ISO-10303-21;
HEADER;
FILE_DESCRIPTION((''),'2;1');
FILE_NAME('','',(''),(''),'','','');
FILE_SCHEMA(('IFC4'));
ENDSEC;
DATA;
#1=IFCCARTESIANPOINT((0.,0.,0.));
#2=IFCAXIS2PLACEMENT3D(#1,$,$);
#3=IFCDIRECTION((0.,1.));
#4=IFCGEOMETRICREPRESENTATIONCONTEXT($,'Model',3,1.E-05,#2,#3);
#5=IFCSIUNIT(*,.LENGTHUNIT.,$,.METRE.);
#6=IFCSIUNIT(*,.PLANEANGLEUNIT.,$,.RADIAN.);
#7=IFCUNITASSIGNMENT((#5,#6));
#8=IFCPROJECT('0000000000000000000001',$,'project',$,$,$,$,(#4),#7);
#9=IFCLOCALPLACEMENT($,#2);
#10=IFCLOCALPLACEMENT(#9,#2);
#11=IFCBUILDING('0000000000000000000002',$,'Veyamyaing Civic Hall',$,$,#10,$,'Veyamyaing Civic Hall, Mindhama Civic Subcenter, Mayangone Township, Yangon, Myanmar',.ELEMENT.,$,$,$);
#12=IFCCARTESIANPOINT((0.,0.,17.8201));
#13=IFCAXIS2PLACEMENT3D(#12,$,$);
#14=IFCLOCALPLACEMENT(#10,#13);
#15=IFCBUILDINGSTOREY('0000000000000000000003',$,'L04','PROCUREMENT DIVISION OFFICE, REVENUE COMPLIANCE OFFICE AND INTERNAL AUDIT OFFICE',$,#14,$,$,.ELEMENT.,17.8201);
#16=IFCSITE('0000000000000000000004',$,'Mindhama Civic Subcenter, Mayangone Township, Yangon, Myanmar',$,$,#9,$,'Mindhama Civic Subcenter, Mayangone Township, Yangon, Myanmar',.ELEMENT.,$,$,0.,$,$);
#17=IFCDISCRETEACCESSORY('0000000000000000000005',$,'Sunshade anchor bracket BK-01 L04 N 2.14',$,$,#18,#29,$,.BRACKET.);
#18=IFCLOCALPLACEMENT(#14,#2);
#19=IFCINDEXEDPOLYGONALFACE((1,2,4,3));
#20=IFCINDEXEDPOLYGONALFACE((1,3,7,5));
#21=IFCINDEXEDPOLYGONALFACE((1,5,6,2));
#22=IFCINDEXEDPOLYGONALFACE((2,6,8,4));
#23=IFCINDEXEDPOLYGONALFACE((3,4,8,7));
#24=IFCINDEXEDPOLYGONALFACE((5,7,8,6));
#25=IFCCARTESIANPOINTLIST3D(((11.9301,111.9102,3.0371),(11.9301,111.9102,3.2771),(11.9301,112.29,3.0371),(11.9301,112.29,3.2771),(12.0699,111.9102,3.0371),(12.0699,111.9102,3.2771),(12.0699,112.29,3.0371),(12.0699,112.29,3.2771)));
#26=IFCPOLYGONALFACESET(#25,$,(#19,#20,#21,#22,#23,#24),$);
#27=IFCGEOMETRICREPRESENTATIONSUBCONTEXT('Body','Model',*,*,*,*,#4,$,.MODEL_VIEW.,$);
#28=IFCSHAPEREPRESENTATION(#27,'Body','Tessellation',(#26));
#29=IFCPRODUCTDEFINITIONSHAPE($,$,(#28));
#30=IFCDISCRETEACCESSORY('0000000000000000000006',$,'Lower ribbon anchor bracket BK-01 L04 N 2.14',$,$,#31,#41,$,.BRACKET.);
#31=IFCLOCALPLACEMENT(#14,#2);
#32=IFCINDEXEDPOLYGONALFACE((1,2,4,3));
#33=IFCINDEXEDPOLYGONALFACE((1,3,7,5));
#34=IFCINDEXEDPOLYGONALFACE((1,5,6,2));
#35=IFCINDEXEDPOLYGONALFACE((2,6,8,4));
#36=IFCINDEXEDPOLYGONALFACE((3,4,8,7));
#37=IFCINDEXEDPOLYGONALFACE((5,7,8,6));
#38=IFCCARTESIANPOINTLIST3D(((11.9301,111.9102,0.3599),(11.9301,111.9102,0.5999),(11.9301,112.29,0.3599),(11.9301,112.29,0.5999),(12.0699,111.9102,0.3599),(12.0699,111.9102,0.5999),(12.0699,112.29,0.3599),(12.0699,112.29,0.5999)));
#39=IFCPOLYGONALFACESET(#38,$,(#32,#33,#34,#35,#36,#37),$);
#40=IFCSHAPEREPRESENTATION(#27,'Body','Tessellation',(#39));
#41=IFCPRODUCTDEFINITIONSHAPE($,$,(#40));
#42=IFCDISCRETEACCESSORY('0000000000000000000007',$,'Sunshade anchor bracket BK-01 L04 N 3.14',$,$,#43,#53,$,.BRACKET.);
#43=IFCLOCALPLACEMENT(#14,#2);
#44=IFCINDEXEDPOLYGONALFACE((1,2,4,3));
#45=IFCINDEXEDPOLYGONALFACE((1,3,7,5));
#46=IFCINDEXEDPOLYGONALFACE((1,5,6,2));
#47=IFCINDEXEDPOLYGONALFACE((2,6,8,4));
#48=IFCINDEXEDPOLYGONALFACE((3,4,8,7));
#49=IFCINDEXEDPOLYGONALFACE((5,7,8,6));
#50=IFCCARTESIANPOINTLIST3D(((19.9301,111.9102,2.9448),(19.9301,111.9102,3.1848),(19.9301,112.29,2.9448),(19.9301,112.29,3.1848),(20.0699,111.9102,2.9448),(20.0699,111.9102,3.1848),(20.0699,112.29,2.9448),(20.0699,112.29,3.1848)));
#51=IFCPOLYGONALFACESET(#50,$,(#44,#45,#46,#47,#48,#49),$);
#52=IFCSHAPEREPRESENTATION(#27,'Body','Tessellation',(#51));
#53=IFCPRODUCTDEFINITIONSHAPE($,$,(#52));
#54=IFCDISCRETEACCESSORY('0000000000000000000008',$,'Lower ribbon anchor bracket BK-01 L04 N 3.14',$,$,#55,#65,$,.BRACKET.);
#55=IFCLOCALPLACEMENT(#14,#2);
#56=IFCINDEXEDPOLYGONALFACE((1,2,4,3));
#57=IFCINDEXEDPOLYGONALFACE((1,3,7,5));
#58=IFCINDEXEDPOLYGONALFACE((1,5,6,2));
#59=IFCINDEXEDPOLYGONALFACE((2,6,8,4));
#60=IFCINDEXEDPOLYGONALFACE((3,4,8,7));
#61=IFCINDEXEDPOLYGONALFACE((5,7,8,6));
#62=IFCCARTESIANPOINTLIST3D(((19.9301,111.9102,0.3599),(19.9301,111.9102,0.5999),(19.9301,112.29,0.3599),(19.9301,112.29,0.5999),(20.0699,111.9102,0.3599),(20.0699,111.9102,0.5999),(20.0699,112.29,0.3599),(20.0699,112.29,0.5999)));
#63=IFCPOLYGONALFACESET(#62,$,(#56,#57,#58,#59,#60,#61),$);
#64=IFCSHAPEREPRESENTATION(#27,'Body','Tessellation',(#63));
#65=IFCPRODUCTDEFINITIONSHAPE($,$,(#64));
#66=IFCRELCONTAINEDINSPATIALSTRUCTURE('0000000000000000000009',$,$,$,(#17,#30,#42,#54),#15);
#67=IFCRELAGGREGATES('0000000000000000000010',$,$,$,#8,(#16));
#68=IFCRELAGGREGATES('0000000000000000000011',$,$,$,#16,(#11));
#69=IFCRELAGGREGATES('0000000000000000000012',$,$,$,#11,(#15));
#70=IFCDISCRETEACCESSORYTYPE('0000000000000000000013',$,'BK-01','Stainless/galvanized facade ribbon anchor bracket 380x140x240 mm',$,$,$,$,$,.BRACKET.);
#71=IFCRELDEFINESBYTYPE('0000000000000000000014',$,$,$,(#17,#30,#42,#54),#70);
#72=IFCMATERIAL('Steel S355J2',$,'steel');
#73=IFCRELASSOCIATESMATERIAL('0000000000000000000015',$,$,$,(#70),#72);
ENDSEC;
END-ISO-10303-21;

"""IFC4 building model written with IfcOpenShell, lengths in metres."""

from ifc_helpers import new_model, si_unit, direction, frame, origin, origin_2d, place, context, subcontext, project, spatial, rectangle, extrude, material, type_object, element, save


model = new_model("IFC4")

# Units and contexts
model_context = context("Model", 3, precision=1e-05, world=origin(), true_north=direction((0.0, 1.0)))
body_context = subcontext(model_context, "Body", "Model", "MODEL_VIEW")
ifc_project = project(units=[si_unit("LENGTHUNIT", "METRE"), si_unit("PLANEANGLEUNIT", "RADIAN")], contexts=[model_context])

# Site, building, storey
site_placement = place(None, origin())
site = spatial("IfcSite", under=ifc_project, at=site_placement, Name="Mindhama Civic Subcenter, Mayangone Township, Yangon, Myanmar", LongName="Mindhama Civic Subcenter, Mayangone Township, Yangon, Myanmar", CompositionType="ELEMENT", RefElevation=0.0)
building_placement = place(site_placement, origin())
building = spatial("IfcBuilding", under=site, at=building_placement, Name="Veyamyaing Civic Hall", LongName="Veyamyaing Civic Hall, Mindhama Civic Subcenter, Mayangone Township, Yangon, Myanmar", CompositionType="ELEMENT")
storey_placement = place(building_placement, frame((0.0, 0.0, 17.8201)))
storey = spatial("IfcBuildingStorey", under=building, at=storey_placement, Name="L04", Description="PROCUREMENT DIVISION OFFICE, REVENUE COMPLIANCE OFFICE AND INTERNAL AUDIT OFFICE", CompositionType="ELEMENT", Elevation=17.8201)

# Discrete accessories
ifc_material_1 = material(Name="Steel S355J2", Category="steel")
discrete_accessory_type = type_object("IfcDiscreteAccessoryType", Name="BK-01", Description="Stainless/galvanized facade ribbon anchor bracket 380x140x240 mm", PredefinedType="BRACKET", material=ifc_material_1)
for number, where, z_axis, x_axis, name in (
    (1, (12.0, 112.1001, 3.0371), (0.0, 0.0, 1.0), (0.0, 1.0, 0.0), "Sunshade anchor bracket BK-01 L04 N 2.14"),
    (2, (12.0, 112.1001, 0.3599), (0.0, 0.0, 1.0), (0.0, 1.0, 0.0), "Lower ribbon anchor bracket BK-01 L04 N 2.14"),
    (3, (20.0, 112.1001, 2.9448), (0.0, 0.0, 1.0), (0.0, 1.0, 0.0), "Sunshade anchor bracket BK-01 L04 N 3.14"),
    (4, (20.0, 112.1001, 0.3599), (0.0, 0.0, 1.0), (0.0, 1.0, 0.0), "Lower ribbon anchor bracket BK-01 L04 N 3.14"),
):
    element("IfcDiscreteAccessory", number, at=place(storey_placement, frame(where, z_axis=z_axis, x_axis=x_axis)), inside=storey, type_object=discrete_accessory_type, Name=name, PredefinedType="BRACKET", context=body_context, shape_type="SweptSolid", body=[
        extrude(rectangle(XDim=0.3799, YDim=0.1399, at=origin_2d()), origin(), (0.0, 0.0, 1.0), 0.24),
    ])

save(model, "model.ifc")
